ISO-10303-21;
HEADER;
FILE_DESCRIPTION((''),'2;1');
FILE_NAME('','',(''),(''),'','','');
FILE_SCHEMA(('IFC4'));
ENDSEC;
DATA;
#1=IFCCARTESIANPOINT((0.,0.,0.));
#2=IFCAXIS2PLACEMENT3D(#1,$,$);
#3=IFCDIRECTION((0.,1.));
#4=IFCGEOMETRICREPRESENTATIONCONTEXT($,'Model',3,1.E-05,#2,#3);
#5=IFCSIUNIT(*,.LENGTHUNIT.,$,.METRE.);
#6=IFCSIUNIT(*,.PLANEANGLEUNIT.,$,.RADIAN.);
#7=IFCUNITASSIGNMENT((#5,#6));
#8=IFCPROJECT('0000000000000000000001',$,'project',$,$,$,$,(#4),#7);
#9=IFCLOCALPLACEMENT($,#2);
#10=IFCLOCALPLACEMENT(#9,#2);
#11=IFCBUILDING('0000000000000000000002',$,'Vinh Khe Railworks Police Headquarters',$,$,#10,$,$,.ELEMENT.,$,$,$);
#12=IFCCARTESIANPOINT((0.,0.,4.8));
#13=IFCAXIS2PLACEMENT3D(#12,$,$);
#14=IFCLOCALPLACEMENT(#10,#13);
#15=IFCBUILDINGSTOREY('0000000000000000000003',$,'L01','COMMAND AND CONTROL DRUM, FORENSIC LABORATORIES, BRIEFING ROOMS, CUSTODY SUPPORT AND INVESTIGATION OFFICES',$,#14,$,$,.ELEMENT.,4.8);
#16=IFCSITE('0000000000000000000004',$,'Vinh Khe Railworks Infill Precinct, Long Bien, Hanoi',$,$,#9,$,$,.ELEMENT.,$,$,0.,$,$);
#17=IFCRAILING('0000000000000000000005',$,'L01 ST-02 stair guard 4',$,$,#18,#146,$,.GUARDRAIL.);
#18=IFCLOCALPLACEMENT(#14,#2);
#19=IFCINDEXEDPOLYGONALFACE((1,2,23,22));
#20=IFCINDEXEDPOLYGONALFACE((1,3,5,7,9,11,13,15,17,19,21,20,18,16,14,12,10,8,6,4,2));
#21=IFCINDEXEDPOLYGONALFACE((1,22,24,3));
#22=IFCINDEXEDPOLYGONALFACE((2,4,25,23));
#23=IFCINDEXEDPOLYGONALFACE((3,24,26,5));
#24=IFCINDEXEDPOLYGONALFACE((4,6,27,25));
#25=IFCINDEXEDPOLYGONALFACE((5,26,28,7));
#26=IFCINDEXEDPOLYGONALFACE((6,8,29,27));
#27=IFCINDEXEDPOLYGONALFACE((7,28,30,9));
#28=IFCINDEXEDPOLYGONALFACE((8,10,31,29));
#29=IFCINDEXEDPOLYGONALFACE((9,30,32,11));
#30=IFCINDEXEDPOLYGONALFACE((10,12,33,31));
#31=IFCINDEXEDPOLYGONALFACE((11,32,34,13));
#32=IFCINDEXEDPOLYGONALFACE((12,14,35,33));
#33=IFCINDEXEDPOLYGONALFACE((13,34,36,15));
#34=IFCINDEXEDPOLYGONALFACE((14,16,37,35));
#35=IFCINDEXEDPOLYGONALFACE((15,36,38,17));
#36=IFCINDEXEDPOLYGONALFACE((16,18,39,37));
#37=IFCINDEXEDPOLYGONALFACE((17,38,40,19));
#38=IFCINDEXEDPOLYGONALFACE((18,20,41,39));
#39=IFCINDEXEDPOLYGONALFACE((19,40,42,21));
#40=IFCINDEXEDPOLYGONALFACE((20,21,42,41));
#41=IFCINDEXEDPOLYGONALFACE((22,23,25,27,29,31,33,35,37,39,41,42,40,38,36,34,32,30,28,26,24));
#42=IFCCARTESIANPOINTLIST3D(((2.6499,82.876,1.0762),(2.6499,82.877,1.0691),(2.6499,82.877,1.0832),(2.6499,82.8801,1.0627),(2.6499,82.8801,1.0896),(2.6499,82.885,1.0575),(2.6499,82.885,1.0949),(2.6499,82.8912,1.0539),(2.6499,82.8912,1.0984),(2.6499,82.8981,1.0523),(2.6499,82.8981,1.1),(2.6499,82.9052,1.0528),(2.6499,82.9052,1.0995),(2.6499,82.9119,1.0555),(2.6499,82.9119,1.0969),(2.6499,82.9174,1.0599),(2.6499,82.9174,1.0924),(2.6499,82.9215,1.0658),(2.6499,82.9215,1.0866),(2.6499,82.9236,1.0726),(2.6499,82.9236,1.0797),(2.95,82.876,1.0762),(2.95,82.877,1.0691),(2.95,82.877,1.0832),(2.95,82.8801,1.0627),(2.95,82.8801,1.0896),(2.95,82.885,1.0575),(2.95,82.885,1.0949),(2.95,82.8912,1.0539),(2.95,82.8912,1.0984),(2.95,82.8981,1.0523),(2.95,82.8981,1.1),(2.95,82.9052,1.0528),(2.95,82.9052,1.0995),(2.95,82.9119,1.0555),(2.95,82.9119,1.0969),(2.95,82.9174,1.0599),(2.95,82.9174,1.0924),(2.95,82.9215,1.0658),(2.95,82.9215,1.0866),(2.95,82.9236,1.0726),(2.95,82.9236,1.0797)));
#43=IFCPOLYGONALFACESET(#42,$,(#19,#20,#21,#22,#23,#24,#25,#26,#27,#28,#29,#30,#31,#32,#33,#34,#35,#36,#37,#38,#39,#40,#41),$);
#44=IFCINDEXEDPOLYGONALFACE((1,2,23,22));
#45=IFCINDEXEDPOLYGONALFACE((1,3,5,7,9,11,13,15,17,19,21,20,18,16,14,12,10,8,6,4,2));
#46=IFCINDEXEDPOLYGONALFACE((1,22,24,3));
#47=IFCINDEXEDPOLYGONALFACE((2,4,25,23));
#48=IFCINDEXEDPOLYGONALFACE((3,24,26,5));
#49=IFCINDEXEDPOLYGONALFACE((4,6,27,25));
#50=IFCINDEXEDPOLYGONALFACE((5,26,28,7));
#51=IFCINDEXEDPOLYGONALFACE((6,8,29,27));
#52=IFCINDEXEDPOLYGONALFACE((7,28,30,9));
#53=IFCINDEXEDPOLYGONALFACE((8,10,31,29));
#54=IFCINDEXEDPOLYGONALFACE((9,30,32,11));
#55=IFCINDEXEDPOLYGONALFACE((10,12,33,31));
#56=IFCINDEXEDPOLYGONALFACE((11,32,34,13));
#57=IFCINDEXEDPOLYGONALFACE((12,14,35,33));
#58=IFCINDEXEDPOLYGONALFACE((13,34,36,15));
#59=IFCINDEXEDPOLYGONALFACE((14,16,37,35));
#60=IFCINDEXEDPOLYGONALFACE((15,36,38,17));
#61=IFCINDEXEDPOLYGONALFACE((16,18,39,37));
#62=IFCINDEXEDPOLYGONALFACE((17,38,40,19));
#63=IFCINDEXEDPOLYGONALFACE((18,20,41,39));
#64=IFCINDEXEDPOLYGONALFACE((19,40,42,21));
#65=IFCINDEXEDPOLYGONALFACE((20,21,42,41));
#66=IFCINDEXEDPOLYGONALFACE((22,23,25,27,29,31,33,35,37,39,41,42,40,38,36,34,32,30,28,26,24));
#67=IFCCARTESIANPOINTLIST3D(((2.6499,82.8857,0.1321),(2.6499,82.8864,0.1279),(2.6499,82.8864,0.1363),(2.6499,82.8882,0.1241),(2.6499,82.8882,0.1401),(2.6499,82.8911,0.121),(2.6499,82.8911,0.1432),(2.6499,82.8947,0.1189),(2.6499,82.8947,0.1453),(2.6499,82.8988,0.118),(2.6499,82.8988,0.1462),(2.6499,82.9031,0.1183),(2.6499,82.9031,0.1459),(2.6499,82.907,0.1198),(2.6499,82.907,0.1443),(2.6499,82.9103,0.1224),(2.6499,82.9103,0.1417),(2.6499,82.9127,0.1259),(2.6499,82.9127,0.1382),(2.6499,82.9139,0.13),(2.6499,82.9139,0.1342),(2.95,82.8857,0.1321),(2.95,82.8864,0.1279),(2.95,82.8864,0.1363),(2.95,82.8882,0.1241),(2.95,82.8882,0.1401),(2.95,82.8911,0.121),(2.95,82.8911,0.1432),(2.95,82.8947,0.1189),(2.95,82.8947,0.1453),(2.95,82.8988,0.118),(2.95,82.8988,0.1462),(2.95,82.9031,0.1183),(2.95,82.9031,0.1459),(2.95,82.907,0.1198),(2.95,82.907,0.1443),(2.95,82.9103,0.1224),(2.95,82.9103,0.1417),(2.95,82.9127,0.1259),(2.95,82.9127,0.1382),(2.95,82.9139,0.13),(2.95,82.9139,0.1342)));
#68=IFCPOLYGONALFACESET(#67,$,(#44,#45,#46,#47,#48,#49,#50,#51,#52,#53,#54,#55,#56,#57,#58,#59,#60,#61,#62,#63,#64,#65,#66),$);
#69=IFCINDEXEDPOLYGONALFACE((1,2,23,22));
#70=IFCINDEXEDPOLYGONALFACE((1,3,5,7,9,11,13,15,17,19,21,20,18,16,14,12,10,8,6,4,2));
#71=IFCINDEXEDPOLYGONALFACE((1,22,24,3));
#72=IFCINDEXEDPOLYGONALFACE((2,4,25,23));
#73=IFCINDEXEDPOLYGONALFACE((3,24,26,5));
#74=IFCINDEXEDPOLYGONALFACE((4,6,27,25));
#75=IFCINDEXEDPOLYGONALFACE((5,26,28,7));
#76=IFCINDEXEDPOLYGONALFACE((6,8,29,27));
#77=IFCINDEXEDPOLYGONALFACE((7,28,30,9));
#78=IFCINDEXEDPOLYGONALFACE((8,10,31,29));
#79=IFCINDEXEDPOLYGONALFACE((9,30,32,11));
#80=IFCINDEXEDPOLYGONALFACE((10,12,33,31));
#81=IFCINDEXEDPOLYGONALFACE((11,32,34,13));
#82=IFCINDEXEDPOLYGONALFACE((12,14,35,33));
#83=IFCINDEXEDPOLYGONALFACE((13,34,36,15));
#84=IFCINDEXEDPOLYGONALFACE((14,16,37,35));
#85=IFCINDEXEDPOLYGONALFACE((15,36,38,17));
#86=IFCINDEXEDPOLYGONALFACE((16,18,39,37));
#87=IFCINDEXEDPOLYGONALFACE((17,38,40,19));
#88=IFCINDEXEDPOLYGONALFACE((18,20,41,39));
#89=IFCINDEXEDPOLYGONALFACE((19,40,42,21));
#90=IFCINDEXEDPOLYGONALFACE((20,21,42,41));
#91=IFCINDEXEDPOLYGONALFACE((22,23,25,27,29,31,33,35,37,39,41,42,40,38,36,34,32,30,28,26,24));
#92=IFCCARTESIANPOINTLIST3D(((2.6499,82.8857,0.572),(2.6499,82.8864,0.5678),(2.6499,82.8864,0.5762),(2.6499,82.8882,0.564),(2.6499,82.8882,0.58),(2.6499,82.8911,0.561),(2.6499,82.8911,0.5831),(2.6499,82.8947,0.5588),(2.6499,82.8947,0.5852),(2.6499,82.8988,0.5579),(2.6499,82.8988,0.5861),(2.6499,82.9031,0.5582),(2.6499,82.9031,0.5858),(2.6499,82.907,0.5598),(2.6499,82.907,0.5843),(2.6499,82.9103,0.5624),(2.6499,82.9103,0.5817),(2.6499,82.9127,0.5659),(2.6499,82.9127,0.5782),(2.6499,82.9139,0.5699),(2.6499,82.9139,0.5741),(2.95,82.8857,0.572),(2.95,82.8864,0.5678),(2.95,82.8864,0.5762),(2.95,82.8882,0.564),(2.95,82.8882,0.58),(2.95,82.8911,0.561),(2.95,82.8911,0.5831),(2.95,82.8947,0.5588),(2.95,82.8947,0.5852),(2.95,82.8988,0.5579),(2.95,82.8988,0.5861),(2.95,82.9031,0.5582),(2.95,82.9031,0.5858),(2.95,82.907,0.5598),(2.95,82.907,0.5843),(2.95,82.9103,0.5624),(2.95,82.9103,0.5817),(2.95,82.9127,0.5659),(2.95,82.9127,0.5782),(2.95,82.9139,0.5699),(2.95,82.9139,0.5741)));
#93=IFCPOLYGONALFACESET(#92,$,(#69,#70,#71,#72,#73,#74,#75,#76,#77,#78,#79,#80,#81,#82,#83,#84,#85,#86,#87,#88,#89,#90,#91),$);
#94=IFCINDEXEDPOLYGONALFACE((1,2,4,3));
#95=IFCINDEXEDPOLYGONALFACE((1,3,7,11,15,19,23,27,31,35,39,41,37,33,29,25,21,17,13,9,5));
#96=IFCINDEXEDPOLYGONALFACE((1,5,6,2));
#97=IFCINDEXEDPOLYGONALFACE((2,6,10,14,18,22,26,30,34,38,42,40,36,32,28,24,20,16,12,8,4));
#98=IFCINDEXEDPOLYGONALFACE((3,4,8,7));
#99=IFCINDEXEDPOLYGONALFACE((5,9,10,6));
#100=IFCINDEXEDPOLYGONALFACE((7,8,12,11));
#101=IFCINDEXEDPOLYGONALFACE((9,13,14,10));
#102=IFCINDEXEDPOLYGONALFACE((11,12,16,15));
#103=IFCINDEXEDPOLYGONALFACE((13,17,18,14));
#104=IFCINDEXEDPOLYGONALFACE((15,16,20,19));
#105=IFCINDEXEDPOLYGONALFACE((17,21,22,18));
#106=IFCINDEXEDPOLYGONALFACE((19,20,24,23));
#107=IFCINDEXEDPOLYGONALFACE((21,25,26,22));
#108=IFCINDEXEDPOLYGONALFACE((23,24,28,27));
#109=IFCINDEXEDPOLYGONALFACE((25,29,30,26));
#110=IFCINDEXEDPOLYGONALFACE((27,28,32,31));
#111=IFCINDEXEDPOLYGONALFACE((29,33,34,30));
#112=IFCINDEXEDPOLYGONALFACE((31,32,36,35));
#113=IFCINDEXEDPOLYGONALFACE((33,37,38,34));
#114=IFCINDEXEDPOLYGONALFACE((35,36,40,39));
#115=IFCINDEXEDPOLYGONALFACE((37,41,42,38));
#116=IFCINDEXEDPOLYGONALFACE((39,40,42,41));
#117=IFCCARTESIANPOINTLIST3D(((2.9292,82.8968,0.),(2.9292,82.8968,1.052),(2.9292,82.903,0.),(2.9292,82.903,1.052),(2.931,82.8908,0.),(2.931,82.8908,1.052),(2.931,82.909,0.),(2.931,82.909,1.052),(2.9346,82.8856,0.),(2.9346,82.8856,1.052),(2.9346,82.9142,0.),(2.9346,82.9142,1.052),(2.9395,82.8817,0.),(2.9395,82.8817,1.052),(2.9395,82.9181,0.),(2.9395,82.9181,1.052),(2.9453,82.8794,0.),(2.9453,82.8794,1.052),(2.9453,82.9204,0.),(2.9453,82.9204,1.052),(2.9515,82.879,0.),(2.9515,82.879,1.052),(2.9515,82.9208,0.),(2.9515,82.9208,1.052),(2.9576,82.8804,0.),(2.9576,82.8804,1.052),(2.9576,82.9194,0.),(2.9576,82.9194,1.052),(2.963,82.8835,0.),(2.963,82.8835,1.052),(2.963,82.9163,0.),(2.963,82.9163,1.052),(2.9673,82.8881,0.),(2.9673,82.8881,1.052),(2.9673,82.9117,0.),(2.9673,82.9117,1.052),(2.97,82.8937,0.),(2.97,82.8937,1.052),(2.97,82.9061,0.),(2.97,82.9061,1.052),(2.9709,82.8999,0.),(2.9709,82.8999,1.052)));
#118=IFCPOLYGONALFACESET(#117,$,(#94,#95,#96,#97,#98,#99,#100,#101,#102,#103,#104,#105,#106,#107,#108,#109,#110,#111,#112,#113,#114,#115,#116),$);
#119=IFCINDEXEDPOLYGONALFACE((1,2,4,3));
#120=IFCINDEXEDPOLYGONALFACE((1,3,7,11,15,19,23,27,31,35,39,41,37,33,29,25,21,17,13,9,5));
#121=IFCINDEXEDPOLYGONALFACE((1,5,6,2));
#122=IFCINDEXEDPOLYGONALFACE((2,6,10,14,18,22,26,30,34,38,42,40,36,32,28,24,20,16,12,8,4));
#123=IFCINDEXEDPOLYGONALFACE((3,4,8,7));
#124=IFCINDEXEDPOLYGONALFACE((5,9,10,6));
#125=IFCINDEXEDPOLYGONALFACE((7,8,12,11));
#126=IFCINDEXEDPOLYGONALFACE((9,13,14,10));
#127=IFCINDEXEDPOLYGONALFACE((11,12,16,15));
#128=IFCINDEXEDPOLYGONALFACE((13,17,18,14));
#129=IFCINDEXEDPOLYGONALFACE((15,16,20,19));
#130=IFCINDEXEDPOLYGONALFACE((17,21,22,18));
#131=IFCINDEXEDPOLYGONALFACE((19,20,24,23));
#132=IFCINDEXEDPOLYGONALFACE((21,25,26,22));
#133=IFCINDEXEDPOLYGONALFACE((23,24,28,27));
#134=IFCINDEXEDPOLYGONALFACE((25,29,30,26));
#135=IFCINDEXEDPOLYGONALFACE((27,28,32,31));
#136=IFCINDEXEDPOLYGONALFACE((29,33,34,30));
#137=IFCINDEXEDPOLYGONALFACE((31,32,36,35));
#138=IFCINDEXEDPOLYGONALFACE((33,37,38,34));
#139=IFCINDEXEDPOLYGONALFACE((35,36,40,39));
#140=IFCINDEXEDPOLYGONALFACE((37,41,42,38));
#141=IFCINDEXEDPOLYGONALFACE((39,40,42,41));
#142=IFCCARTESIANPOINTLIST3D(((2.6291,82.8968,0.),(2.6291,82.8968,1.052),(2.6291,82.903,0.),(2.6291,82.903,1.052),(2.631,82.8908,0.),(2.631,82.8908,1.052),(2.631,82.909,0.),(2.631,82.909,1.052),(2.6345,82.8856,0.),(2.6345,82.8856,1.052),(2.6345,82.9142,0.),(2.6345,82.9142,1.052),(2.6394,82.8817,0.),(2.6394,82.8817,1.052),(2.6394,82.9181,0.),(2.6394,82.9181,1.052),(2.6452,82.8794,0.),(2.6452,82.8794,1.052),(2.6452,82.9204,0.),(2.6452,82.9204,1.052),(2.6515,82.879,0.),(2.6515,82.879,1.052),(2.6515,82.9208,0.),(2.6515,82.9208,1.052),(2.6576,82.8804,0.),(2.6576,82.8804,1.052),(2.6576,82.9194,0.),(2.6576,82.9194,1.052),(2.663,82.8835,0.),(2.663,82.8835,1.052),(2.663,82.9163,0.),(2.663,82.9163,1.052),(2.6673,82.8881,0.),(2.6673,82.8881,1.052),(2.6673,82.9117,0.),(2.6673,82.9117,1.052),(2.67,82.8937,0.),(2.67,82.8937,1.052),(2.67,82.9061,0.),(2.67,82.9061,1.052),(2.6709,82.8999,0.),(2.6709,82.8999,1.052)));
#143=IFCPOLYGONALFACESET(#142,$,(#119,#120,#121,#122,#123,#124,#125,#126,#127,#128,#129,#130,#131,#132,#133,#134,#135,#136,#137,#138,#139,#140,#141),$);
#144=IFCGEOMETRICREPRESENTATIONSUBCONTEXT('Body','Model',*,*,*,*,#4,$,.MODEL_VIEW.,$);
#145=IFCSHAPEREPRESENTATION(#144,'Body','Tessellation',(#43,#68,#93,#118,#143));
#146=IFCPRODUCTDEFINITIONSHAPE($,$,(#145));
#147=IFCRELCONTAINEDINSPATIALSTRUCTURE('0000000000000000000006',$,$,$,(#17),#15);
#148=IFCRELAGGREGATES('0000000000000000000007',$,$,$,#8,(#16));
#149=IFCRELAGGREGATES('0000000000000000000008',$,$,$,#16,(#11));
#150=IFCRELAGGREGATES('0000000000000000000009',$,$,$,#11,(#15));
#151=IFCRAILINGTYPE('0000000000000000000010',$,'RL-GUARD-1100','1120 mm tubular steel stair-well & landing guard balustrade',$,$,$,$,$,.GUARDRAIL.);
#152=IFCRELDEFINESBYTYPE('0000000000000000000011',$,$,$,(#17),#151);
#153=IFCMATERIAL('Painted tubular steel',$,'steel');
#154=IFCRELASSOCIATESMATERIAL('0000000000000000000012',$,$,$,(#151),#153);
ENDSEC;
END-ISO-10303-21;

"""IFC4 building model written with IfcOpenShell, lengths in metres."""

from ifc_helpers import new_model, si_unit, direction, frame, origin, origin_2d, place, context, subcontext, project, spatial, circle, extrude, material, type_object, element, save


model = new_model("IFC4")

# Units and contexts
model_context = context("Model", 3, precision=1e-05, world=origin(), true_north=direction((0.0, 1.0)))
body_context = subcontext(model_context, "Body", "Model", "MODEL_VIEW")
ifc_project = project(units=[si_unit("LENGTHUNIT", "METRE"), si_unit("PLANEANGLEUNIT", "RADIAN")], contexts=[model_context])

# Site, building, storey
site_placement = place(None, origin())
site = spatial("IfcSite", under=ifc_project, at=site_placement, Name="Vinh Khe Railworks Infill Precinct, Long Bien, Hanoi", CompositionType="ELEMENT", RefElevation=0.0)
building_placement = place(site_placement, origin())
building = spatial("IfcBuilding", under=site, at=building_placement, Name="Vinh Khe Railworks Police Headquarters", CompositionType="ELEMENT")
storey_placement = place(building_placement, frame((0.0, 0.0, 4.8)))
storey = spatial("IfcBuildingStorey", under=building, at=storey_placement, Name="L01", Description="COMMAND AND CONTROL DRUM, FORENSIC LABORATORIES, BRIEFING ROOMS, CUSTODY SUPPORT AND INVESTIGATION OFFICES", CompositionType="ELEMENT", Elevation=4.8)

# Railing
ifc_material_1 = material(Name="Painted tubular steel", Category="steel")
railing_type_1 = type_object("IfcRailingType", Name="RL-GUARD-1100", Description="1120 mm tubular steel stair-well & landing guard balustrade", PredefinedType="GUARDRAIL", material=ifc_material_1)
railing_1_placement = place(storey_placement, frame((2.95, 82.8999, 0.0)))
element("IfcRailing", 1, at=railing_1_placement, inside=storey, type_object=railing_type_1, Name="L01 ST-02 stair guard 4", PredefinedType="GUARDRAIL", context=body_context, shape_type="SweptSolid", body=[
    extrude(circle(Radius=0.0239, at=origin_2d()), frame((0.0, 0.0, 1.0762), z_axis=(-1.0, 0.0, 0.0), x_axis=(0.0, -1.0, 0.0)), (0.0, 0.0, 1.0), 0.3),
    extrude(circle(Radius=0.0142, at=origin_2d()), frame((0.0, 0.0, 0.1321), z_axis=(-1.0, 0.0, 0.0), x_axis=(0.0, -1.0, 0.0)), (0.0, 0.0, 1.0), 0.3),
    extrude(circle(Radius=0.0142, at=origin_2d()), frame((0.0, 0.0, 0.572), z_axis=(-1.0, 0.0, 0.0), x_axis=(0.0, -1.0, 0.0)), (0.0, 0.0, 1.0), 0.3),
    extrude(circle(Radius=0.021, at=origin_2d()), origin(), (0.0, 0.0, 1.0), 1.052),
    extrude(circle(Radius=0.021, at=origin_2d()), frame((-0.3, 0.0, 0.0)), (0.0, 0.0, 1.0), 1.052),
])

save(model, "model.ifc")
